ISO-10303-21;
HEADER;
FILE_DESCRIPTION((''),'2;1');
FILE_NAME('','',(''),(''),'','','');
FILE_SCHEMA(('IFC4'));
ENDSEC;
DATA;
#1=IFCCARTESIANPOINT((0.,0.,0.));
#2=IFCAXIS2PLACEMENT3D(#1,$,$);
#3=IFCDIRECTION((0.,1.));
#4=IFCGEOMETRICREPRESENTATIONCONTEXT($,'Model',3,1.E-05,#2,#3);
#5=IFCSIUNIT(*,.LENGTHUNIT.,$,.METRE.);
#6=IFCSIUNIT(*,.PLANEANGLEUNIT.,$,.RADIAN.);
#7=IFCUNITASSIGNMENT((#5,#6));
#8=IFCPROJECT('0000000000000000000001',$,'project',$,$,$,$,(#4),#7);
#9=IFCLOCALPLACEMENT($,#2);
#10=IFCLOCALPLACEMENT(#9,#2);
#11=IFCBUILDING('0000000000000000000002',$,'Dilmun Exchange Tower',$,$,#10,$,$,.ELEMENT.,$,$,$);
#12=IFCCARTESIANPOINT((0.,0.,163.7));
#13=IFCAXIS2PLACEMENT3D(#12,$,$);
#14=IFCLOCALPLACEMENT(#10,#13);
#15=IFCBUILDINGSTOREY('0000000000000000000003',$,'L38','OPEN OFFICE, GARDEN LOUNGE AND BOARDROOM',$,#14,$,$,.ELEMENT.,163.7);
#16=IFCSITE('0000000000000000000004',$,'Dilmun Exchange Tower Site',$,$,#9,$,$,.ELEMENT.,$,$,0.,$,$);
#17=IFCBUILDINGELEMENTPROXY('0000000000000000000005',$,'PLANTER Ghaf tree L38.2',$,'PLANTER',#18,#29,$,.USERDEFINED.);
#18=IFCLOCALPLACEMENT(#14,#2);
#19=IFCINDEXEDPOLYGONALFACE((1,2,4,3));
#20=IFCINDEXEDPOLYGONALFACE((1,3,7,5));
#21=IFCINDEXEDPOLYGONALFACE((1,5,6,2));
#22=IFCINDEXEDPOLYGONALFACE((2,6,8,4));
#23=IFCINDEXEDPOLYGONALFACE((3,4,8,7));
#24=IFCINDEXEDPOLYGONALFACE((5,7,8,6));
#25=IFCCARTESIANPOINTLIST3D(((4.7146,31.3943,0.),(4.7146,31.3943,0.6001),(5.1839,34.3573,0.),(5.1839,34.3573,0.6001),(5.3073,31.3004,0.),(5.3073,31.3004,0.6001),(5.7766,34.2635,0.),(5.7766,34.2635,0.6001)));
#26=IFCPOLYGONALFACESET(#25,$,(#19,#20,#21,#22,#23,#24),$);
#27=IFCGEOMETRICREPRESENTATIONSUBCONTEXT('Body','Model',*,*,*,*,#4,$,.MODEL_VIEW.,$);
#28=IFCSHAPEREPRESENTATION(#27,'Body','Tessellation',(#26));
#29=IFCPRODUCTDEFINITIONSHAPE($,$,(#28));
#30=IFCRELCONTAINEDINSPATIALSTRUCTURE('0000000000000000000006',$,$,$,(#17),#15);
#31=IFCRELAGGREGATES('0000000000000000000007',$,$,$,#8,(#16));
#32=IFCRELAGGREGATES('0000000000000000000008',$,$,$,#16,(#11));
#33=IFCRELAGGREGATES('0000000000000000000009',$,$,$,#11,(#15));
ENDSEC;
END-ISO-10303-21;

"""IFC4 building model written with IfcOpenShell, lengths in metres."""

from ifc_helpers import new_model, si_unit, direction, frame, origin, origin_2d, place, context, subcontext, project, spatial, rectangle, extrude, element, save


model = new_model("IFC4")

# Units and contexts
model_context = context("Model", 3, precision=1e-05, world=origin(), true_north=direction((0.0, 1.0)))
body_context = subcontext(model_context, "Body", "Model", "MODEL_VIEW")
ifc_project = project(units=[si_unit("LENGTHUNIT", "METRE"), si_unit("PLANEANGLEUNIT", "RADIAN")], contexts=[model_context])

# Site, building, storey
site_placement = place(None, origin())
site = spatial("IfcSite", under=ifc_project, at=site_placement, Name="Dilmun Exchange Tower Site", CompositionType="ELEMENT", RefElevation=0.0)
building_placement = place(site_placement, origin())
building = spatial("IfcBuilding", under=site, at=building_placement, Name="Dilmun Exchange Tower", CompositionType="ELEMENT")
storey_placement = place(building_placement, frame((0.0, 0.0, 163.7)))
storey = spatial("IfcBuildingStorey", under=building, at=storey_placement, Name="L38", Description="OPEN OFFICE, GARDEN LOUNGE AND BOARDROOM", CompositionType="ELEMENT", Elevation=163.7)

# Building element proxy
for number, where, z_axis, x_axis, name in (
    (1, (5.2456, 32.8289, 0.0), (0.0, 0.0, 1.0), (0.156434, 0.987688, 0.0), "PLANTER Ghaf tree L38.2"),
):
    element("IfcBuildingElementProxy", number, at=place(storey_placement, frame(where, z_axis=z_axis, x_axis=x_axis)), inside=storey, Name=name, ObjectType="PLANTER", PredefinedType="USERDEFINED", context=body_context, shape_type="SweptSolid", body=[
        extrude(rectangle(XDim=3.0, YDim=0.6001, at=origin_2d()), origin(), (0.0, 0.0, 1.0), 0.6001),
    ])

save(model, "model.ifc")
